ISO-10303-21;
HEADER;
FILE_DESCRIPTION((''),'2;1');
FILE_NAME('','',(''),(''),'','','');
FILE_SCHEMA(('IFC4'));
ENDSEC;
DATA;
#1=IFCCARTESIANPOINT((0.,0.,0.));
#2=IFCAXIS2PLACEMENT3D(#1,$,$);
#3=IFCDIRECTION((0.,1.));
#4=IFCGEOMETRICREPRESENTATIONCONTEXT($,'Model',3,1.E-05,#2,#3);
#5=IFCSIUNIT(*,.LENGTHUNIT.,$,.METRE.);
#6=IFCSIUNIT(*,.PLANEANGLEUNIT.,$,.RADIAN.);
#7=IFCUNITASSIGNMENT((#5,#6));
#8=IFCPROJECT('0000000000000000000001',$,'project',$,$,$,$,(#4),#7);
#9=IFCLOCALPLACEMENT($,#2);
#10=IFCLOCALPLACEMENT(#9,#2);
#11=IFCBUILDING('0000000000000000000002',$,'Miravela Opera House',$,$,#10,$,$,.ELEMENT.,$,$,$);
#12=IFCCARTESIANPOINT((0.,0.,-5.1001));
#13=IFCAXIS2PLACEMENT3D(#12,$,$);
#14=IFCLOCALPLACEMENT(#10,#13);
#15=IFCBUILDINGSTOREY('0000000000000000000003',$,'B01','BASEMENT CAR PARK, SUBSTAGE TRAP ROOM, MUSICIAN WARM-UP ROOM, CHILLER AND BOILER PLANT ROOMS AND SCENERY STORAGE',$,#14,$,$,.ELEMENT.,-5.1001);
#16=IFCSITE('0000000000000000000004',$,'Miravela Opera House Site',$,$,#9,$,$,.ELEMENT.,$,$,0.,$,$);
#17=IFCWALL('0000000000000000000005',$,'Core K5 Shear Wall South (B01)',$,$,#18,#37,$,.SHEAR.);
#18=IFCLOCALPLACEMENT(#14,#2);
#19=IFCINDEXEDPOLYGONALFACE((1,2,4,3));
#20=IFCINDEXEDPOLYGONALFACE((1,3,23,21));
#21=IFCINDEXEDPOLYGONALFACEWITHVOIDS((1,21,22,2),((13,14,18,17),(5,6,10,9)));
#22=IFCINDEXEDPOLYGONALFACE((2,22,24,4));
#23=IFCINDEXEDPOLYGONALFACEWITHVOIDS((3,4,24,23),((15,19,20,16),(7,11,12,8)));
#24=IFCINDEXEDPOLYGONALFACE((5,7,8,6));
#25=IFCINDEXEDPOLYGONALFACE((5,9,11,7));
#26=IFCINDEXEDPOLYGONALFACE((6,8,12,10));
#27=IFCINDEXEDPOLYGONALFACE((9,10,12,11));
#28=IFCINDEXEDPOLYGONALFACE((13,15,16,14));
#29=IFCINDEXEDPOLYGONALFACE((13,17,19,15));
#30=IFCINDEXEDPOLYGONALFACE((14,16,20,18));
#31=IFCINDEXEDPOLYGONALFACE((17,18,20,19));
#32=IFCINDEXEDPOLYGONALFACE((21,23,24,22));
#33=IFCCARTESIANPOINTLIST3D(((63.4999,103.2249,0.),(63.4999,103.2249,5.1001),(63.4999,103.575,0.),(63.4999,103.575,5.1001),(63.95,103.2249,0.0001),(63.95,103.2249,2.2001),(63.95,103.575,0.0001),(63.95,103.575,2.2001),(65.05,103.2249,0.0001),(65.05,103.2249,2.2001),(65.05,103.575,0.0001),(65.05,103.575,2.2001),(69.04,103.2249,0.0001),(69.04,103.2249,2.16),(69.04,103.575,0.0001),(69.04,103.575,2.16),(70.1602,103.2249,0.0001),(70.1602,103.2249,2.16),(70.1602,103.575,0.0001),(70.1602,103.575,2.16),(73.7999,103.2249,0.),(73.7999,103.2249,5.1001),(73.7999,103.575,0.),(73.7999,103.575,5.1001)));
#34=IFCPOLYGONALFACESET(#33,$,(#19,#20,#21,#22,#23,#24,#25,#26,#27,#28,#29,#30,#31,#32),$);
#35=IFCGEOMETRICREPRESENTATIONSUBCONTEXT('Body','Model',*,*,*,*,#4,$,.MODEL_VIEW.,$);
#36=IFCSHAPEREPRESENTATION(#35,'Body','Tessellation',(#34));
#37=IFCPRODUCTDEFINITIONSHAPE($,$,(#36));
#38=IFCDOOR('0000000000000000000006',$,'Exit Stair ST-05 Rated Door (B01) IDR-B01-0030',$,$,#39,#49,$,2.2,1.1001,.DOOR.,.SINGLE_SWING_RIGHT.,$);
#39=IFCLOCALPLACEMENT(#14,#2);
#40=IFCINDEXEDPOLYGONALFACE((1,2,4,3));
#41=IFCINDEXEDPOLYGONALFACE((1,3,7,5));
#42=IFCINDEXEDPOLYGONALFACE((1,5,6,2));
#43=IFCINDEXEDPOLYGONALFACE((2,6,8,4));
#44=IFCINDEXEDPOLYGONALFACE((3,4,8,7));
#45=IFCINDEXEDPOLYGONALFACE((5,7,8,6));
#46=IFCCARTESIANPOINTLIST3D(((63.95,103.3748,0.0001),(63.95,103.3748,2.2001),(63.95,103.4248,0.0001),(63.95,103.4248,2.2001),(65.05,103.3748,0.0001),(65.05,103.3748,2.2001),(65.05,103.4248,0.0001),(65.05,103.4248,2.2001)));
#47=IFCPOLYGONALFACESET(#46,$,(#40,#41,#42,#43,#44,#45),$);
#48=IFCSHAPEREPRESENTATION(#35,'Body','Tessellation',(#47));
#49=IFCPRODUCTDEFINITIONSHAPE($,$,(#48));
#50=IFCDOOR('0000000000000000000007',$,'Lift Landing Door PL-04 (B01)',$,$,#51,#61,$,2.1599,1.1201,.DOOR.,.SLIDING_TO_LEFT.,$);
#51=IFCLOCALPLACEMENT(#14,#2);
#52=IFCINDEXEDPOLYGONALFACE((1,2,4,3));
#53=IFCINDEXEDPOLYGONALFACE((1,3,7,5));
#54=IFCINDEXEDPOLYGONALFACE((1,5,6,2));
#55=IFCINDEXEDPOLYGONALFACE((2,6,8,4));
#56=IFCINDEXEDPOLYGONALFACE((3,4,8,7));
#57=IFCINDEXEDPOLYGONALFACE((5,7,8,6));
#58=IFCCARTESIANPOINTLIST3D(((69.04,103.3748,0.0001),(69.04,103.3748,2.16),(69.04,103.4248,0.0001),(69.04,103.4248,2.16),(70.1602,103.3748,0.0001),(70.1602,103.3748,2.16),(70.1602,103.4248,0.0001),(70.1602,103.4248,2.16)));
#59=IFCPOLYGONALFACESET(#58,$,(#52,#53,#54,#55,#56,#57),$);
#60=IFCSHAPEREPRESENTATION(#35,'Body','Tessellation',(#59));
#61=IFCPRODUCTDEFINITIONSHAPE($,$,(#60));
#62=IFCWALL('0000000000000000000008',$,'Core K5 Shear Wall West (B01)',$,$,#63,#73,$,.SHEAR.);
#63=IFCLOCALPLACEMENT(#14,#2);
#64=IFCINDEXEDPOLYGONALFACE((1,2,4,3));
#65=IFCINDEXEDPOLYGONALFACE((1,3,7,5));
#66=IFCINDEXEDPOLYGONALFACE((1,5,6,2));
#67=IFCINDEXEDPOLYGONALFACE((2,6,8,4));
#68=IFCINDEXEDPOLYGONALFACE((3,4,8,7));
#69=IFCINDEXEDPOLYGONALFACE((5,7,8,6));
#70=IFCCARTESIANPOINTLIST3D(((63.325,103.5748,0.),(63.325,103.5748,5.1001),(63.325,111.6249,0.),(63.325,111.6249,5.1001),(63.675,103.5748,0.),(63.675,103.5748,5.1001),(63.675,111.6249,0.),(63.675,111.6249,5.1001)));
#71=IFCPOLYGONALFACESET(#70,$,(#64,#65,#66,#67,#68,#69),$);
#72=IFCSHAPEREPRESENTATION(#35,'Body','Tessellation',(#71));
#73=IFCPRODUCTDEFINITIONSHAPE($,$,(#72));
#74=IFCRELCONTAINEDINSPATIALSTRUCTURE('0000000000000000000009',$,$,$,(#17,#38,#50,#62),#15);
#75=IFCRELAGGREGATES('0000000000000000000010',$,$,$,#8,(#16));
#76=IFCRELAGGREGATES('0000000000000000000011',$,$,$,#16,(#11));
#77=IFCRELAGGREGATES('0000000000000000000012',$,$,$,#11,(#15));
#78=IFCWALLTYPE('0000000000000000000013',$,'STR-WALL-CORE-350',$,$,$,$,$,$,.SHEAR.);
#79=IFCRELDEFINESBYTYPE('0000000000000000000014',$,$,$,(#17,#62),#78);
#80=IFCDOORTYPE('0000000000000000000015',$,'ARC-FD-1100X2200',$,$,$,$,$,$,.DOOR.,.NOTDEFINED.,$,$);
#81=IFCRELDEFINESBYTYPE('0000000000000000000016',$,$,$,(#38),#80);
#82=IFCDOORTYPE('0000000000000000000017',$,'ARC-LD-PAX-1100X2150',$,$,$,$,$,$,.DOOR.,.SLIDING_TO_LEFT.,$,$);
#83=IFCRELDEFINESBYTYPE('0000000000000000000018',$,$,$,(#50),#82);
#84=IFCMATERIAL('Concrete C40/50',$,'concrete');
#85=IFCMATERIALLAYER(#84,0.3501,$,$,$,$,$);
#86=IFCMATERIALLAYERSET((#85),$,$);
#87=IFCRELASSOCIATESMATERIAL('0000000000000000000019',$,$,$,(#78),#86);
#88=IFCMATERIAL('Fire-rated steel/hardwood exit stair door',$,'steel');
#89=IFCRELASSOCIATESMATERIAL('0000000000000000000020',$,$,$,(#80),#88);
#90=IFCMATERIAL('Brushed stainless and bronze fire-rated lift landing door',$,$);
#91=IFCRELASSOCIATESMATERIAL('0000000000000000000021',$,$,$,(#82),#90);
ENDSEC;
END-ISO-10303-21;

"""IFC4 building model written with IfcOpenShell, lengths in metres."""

from ifc_helpers import new_model, si_unit, direction, frame, frame_2d, origin, place, context, subcontext, project, spatial, rectangle, extrude, material, layer, layer_set, type_object, element, fill, save


model = new_model("IFC4")

# Units and contexts
model_context = context("Model", 3, precision=1e-05, world=origin(), true_north=direction((0.0, 1.0)))
body_context = subcontext(model_context, "Body", "Model", "MODEL_VIEW")
ifc_project = project(units=[si_unit("LENGTHUNIT", "METRE"), si_unit("PLANEANGLEUNIT", "RADIAN")], contexts=[model_context])

# Site, building, storey
site_placement = place(None, origin())
site = spatial("IfcSite", under=ifc_project, at=site_placement, Name="Miravela Opera House Site", CompositionType="ELEMENT", RefElevation=0.0)
building_placement = place(site_placement, origin())
building = spatial("IfcBuilding", under=site, at=building_placement, Name="Miravela Opera House", CompositionType="ELEMENT")
storey_placement = place(building_placement, frame((0.0, 0.0, -5.1001)))
storey = spatial("IfcBuildingStorey", under=building, at=storey_placement, Name="B01", Description="BASEMENT CAR PARK, SUBSTAGE TRAP ROOM, MUSICIAN WARM-UP ROOM, CHILLER AND BOILER PLANT ROOMS AND SCENERY STORAGE", CompositionType="ELEMENT", Elevation=-5.1001)

# Shared definitions
ifc_material_1 = material(Name="Concrete C40/50", Category="concrete")

# Wall, openings, doors
ifc_layer_1 = layer(ifc_material_1, 0.3501)
ifc_layer_set_1 = layer_set([ifc_layer_1])
wall_type_1 = type_object("IfcWallType", Name="STR-WALL-CORE-350", PredefinedType="SHEAR", material=ifc_layer_set_1)
wall_1_placement = place(storey_placement, frame((63.5, 103.3999, 0.0), z_axis=(0.0, 0.0, 1.0), x_axis=(1.0, 0.0, 0.0)))
wall_1 = element("IfcWall", 1, at=wall_1_placement, inside=storey, type_object=wall_type_1, Name="Core K5 Shear Wall South (B01)", PredefinedType="SHEAR", context=body_context, shape_type="SweptSolid", body=[
    extrude(rectangle(XDim=10.3, YDim=0.3501, at=frame_2d((5.1499, 0.0))), origin(), (0.0, 0.0, 1.0), 5.1001),
])
opening_1_placement = place(wall_1_placement, frame((0.45, 0.0, 0.0)))
opening_1 = element("IfcOpeningElement", 2, at=opening_1_placement, cuts=wall_1, PredefinedType="OPENING", context=body_context, shape_type="SweptSolid", body=[
    extrude(rectangle(XDim=1.1001, YDim=2.2, at=frame_2d((0.55, 1.1001))), frame((0.0, 0.1851, 0.0), z_axis=(0.0, -1.0, 0.0), x_axis=(1.0, 0.0, 0.0)), (0.0, 0.0, 1.0), 0.3701),
])
opening_2_placement = place(wall_1_placement, frame((5.54, 0.0, 0.0)))
opening_2 = element("IfcOpeningElement", 3, at=opening_2_placement, cuts=wall_1, PredefinedType="OPENING", context=body_context, shape_type="SweptSolid", body=[
    extrude(rectangle(XDim=1.1201, YDim=2.1599, at=frame_2d((0.5601, 1.0801))), frame((0.0, 0.1851, 0.0), z_axis=(0.0, -1.0, 0.0), x_axis=(1.0, 0.0, 0.0)), (0.0, 0.0, 1.0), 0.3701),
])
ifc_material_2 = material(Name="Fire-rated steel/hardwood exit stair door", Category="steel")
door_type_1 = type_object("IfcDoorType", Name="ARC-FD-1100X2200", OperationType="NOTDEFINED", PredefinedType="DOOR", material=ifc_material_2)
door_1_placement = place(opening_1_placement, origin())
door_1 = element("IfcDoor", 4, at=door_1_placement, inside=storey, type_object=door_type_1, Name="Exit Stair ST-05 Rated Door (B01) IDR-B01-0030", OperationType="SINGLE_SWING_RIGHT", OverallHeight=2.2, OverallWidth=1.1001, PredefinedType="DOOR", context=body_context, shape_type="SweptSolid", body=[
    extrude(rectangle(XDim=1.1001, YDim=2.2, at=frame_2d((0.55, 1.1001))), frame((0.0, 0.0249, 0.0), z_axis=(0.0, -1.0, 0.0), x_axis=(1.0, 0.0, 0.0)), (0.0, 0.0, 1.0), 0.05),
])
fill(opening_1, door_1)
ifc_material_3 = material(Name="Brushed stainless and bronze fire-rated lift landing door")
door_type_2 = type_object("IfcDoorType", Name="ARC-LD-PAX-1100X2150", OperationType="SLIDING_TO_LEFT", PredefinedType="DOOR", material=ifc_material_3)
door_2_placement = place(opening_2_placement, origin())
door_2 = element("IfcDoor", 5, at=door_2_placement, inside=storey, type_object=door_type_2, Name="Lift Landing Door PL-04 (B01)", OperationType="SLIDING_TO_LEFT", OverallHeight=2.1599, OverallWidth=1.1201, PredefinedType="DOOR", context=body_context, shape_type="SweptSolid", body=[
    extrude(rectangle(XDim=1.1201, YDim=2.1599, at=frame_2d((0.5601, 1.0801))), frame((0.0, 0.0249, 0.0), z_axis=(0.0, -1.0, 0.0), x_axis=(1.0, 0.0, 0.0)), (0.0, 0.0, 1.0), 0.05),
])
fill(opening_2, door_2)

# Wall
wall_2_placement = place(storey_placement, frame((63.5, 103.575, 0.0), z_axis=(0.0, 0.0, 1.0), x_axis=(0.0, 1.0, 0.0)))
element("IfcWall", 6, at=wall_2_placement, inside=storey, type_object=wall_type_1, Name="Core K5 Shear Wall West (B01)", PredefinedType="SHEAR", context=body_context, shape_type="SweptSolid", body=[
    extrude(rectangle(XDim=8.05, YDim=0.3501, at=frame_2d((4.0249, 0.0))), origin(), (0.0, 0.0, 1.0), 5.1001),
])

save(model, "model.ifc")
